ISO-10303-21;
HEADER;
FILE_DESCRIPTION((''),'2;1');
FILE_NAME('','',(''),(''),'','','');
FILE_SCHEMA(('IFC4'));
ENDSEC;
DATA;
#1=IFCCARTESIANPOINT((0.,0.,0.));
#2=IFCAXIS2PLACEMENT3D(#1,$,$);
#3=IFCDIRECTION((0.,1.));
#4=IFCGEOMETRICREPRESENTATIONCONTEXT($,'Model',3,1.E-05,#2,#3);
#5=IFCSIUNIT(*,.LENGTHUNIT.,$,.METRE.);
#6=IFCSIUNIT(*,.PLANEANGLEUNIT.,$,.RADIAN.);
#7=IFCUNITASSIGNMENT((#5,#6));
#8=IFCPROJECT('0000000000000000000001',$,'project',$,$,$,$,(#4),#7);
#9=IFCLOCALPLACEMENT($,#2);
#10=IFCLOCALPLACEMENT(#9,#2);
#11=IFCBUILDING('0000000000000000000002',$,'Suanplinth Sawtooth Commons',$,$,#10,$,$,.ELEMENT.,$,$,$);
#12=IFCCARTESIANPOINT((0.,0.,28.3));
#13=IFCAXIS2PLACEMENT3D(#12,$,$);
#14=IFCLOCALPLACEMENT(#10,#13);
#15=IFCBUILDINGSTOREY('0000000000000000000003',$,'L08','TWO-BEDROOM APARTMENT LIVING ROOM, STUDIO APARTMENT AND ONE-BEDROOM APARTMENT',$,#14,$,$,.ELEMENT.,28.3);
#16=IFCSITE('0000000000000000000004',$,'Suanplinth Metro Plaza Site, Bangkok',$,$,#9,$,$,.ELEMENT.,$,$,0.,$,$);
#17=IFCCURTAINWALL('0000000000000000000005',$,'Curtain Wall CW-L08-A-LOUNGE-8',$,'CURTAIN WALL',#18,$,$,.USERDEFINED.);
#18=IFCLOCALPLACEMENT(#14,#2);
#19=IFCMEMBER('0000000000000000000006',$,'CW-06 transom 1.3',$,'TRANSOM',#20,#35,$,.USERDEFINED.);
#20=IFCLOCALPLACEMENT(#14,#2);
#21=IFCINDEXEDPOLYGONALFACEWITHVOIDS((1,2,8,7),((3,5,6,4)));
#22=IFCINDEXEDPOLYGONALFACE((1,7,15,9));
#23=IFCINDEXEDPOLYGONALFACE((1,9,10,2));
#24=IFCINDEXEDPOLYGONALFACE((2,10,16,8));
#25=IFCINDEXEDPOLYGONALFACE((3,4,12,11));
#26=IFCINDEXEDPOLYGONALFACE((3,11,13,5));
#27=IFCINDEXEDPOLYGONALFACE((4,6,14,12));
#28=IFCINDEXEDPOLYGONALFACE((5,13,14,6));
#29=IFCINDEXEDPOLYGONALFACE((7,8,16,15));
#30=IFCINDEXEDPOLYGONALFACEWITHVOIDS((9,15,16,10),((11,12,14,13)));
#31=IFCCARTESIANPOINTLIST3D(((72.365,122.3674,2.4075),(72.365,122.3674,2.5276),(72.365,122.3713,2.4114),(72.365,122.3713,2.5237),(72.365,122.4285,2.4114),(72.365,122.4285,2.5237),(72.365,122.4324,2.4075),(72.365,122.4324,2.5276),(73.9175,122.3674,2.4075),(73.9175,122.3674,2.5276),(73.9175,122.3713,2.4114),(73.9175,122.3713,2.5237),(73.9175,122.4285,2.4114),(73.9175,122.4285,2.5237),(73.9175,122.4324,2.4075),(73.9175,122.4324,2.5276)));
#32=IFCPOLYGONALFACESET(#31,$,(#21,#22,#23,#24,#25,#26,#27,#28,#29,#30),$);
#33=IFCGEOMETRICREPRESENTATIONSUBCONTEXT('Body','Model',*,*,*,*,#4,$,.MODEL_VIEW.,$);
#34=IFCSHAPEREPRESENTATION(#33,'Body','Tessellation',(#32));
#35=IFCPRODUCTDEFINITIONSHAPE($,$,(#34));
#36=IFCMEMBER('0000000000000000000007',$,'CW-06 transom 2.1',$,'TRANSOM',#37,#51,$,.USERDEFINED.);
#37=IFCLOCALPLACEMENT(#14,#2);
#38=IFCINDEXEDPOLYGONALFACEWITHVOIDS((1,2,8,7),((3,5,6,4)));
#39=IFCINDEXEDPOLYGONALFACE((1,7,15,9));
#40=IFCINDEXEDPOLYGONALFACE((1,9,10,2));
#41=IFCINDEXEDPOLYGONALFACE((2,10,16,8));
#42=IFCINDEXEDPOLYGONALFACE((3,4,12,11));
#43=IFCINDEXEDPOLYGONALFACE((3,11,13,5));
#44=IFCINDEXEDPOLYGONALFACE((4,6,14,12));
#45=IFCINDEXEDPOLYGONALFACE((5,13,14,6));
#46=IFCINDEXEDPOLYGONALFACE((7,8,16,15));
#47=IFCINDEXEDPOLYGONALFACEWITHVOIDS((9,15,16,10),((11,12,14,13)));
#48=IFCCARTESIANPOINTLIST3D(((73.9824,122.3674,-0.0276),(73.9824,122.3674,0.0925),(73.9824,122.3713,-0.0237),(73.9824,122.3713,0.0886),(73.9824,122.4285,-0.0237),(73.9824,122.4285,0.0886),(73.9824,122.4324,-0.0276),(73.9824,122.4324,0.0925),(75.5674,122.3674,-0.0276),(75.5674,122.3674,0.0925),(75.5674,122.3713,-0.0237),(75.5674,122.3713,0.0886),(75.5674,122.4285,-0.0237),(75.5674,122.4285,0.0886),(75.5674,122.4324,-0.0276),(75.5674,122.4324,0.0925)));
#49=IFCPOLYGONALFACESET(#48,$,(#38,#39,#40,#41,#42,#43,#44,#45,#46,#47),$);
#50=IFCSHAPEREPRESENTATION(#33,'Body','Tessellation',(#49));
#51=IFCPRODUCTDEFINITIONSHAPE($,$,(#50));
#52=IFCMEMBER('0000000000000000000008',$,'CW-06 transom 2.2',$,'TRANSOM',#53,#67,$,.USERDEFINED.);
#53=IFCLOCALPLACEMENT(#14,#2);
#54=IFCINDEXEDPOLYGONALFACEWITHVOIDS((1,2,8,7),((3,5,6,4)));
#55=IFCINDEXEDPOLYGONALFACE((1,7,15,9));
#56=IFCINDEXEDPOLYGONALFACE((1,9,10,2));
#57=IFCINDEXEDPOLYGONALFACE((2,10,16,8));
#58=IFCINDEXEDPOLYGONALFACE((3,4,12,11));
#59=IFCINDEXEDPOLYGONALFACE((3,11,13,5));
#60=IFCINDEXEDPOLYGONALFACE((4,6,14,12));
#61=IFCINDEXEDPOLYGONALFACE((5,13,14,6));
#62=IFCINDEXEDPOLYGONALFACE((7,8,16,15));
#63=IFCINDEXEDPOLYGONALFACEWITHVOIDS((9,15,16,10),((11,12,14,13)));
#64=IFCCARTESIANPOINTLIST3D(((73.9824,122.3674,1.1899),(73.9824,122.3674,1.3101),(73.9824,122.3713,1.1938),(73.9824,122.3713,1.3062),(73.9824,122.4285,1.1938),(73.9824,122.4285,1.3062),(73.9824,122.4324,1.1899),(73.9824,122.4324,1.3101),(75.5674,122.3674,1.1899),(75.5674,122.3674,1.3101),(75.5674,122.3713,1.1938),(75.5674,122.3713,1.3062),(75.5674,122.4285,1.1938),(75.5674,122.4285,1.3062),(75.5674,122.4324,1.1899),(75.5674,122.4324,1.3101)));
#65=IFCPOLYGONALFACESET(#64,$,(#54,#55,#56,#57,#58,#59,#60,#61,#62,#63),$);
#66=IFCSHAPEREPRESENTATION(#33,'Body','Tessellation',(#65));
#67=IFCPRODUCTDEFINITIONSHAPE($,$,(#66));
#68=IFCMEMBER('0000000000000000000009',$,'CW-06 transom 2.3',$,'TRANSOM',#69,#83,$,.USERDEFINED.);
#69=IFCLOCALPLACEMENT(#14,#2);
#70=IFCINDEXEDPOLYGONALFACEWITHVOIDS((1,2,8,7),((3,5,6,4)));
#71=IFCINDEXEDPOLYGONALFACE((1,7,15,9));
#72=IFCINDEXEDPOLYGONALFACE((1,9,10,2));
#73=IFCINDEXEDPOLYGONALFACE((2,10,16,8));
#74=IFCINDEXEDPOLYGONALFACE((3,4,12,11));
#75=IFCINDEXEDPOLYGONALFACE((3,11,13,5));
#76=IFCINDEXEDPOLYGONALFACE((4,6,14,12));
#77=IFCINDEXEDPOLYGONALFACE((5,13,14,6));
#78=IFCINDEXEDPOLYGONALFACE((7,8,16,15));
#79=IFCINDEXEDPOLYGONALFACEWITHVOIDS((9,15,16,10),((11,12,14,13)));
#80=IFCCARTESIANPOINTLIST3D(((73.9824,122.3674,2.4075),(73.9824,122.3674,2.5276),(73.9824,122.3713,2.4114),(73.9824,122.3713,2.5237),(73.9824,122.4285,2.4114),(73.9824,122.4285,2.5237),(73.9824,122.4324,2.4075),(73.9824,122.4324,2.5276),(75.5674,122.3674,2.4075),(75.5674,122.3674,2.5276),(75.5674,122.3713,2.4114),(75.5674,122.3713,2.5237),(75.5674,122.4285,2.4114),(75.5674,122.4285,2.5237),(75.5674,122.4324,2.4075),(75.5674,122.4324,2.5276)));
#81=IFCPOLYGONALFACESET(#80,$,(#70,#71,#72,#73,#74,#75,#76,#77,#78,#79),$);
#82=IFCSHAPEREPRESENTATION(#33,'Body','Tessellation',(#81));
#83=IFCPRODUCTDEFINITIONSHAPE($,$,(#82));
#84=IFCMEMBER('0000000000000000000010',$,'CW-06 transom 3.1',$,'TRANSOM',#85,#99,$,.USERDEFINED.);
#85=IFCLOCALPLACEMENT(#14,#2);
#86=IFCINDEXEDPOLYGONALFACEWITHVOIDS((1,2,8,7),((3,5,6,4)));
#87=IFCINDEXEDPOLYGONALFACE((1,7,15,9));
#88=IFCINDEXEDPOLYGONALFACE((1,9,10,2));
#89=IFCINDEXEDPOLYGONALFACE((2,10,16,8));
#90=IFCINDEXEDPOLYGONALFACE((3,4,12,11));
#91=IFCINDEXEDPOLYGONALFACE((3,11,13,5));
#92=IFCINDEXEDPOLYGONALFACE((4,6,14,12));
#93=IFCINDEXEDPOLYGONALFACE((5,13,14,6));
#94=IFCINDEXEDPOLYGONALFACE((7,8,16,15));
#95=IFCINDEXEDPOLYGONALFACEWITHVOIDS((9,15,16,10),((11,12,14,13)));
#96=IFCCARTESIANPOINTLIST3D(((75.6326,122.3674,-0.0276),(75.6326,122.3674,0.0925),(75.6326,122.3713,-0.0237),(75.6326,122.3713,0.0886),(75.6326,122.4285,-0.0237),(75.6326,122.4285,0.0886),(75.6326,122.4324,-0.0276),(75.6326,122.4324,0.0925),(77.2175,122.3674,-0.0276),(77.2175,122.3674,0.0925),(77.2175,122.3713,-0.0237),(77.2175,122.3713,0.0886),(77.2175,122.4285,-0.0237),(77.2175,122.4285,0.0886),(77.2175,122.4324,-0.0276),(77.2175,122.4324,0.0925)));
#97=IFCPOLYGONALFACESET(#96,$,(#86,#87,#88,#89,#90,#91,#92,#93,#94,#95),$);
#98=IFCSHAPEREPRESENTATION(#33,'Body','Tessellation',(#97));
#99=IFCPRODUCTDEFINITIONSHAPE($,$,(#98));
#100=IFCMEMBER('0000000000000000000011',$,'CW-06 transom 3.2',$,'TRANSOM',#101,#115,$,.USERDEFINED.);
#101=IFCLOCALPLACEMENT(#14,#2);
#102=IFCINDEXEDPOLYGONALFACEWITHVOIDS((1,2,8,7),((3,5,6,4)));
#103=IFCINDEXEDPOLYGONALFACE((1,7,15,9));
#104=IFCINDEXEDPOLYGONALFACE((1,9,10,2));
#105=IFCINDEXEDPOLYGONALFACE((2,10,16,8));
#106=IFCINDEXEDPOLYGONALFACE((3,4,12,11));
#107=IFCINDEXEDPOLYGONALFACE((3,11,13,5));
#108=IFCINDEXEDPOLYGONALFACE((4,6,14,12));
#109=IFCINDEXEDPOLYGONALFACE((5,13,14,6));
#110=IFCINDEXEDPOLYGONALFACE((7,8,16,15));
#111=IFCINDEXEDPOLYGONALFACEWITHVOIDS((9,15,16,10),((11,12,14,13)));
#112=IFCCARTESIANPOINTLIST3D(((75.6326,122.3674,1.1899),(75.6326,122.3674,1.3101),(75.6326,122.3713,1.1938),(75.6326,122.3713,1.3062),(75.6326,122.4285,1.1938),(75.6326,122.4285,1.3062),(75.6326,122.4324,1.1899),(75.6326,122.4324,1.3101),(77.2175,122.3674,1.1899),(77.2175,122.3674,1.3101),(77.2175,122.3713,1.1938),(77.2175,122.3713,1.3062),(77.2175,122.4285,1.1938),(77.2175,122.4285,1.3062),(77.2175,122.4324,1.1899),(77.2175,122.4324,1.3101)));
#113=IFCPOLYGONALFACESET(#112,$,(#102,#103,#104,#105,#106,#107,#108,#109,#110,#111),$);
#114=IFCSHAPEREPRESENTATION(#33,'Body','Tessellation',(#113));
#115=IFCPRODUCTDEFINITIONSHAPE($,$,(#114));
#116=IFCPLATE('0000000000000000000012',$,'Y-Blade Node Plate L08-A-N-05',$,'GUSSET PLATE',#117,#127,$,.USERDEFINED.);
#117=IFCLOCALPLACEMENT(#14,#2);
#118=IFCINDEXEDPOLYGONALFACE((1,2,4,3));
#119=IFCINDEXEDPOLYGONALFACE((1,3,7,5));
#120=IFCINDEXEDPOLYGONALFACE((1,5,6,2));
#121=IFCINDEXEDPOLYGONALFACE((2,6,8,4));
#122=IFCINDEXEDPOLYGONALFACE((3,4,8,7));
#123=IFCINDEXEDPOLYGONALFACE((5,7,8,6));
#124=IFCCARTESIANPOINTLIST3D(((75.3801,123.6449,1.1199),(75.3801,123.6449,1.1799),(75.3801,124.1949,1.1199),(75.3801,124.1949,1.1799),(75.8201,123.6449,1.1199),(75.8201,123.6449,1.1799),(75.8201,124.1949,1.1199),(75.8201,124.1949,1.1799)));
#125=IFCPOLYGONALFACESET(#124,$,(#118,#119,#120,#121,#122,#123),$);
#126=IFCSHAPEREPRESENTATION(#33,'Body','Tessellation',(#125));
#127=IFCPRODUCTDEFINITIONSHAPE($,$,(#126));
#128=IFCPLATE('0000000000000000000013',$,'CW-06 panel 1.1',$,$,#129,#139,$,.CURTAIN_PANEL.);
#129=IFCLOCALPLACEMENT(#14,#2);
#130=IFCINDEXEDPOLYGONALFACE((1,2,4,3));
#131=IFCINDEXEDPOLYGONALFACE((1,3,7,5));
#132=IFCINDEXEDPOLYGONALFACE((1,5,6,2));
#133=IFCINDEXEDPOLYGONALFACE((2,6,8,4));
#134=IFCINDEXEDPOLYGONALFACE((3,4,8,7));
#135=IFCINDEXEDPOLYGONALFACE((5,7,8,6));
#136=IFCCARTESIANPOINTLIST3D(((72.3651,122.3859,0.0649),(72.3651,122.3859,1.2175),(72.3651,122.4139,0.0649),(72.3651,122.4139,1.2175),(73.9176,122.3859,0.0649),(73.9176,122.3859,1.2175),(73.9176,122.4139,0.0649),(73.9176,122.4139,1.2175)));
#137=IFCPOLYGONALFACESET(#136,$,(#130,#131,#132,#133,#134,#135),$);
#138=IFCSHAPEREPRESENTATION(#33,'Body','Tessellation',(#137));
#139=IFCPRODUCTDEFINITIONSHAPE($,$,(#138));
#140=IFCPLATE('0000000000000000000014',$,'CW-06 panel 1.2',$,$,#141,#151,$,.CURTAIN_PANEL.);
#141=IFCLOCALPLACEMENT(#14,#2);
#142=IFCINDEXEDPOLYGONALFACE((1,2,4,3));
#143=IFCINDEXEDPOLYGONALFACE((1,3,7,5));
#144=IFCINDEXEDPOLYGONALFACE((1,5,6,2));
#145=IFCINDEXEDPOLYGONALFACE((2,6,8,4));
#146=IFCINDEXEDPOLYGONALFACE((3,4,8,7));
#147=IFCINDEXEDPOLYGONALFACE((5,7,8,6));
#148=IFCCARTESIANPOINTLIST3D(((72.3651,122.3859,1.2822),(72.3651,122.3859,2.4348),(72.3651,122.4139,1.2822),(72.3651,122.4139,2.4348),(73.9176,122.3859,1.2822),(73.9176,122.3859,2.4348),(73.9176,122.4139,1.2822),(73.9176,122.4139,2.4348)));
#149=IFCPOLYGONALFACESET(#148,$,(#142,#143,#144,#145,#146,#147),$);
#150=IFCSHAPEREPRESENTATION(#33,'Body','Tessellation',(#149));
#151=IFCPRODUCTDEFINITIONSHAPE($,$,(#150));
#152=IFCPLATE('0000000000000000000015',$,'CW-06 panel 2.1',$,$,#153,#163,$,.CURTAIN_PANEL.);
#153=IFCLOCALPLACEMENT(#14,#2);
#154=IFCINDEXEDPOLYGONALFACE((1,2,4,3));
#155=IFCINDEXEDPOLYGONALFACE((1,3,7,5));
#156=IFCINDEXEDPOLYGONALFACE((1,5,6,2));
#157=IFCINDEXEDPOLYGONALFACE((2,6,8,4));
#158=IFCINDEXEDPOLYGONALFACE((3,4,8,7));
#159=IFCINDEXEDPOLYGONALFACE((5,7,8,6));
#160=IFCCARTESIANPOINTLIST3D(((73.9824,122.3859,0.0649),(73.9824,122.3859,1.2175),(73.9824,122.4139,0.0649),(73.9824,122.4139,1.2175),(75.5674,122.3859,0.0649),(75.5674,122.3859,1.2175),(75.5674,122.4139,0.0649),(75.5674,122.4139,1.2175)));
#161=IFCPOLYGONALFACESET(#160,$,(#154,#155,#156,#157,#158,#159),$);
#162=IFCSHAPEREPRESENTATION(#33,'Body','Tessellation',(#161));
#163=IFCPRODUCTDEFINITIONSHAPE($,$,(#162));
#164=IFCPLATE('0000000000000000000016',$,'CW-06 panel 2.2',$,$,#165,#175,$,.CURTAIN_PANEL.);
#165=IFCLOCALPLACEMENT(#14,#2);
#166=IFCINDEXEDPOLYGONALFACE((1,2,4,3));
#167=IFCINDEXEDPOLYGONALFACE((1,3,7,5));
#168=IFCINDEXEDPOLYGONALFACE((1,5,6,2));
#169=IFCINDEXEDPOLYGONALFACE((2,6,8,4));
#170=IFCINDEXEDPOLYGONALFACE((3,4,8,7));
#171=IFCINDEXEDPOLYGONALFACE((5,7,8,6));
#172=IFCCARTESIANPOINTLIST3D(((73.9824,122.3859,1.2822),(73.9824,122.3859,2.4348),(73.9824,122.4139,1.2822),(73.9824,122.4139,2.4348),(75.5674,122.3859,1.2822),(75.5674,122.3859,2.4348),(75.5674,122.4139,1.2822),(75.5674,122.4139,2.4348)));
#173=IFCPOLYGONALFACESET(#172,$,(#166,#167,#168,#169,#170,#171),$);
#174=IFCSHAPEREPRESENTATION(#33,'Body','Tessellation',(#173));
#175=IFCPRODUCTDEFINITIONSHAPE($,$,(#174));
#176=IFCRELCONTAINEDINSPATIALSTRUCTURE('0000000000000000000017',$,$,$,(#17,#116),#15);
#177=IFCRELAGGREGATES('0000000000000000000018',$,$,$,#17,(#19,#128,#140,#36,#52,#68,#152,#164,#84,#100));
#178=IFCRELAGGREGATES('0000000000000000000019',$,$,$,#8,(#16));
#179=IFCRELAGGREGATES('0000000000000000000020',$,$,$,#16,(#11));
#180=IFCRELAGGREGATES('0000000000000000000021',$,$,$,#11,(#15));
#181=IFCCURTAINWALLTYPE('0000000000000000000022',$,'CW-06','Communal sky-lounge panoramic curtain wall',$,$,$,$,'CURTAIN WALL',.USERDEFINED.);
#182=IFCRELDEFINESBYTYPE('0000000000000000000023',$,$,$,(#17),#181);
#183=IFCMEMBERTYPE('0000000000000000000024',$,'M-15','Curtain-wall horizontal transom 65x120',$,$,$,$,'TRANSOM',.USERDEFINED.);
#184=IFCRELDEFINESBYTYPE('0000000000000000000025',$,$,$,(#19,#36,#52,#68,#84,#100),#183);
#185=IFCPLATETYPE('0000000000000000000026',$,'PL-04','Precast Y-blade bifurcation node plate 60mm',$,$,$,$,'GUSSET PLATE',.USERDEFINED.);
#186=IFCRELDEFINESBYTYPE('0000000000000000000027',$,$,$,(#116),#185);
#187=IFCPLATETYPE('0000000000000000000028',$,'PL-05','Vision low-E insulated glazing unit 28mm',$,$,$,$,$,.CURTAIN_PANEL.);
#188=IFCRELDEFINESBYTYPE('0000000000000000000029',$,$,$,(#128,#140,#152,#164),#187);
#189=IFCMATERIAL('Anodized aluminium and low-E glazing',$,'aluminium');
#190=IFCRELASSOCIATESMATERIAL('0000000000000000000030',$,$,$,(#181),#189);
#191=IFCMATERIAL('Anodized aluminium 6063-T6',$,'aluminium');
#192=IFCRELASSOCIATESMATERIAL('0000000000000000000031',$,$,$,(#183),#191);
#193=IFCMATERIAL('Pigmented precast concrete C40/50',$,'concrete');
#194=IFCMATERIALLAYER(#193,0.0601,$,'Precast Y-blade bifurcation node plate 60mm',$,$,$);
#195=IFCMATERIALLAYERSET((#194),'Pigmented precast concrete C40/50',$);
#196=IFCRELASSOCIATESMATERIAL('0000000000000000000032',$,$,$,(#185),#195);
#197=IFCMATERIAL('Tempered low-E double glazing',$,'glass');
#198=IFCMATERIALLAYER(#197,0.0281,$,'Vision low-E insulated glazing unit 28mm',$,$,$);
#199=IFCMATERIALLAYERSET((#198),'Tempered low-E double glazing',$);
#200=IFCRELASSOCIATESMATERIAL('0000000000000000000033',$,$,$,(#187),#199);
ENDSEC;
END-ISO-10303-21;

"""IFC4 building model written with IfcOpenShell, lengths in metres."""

from ifc_helpers import new_model, si_unit, direction, frame, origin, origin_2d, place, context, subcontext, project, spatial, rectangle, hollow_rectangle, extrude, material, layer, layer_set, material_profile, profile_set, type_object, element, aggregate, save


model = new_model("IFC4")

# Units and contexts
model_context = context("Model", 3, precision=1e-05, world=origin(), true_north=direction((0.0, 1.0)))
body_context = subcontext(model_context, "Body", "Model", "MODEL_VIEW")
ifc_project = project(units=[si_unit("LENGTHUNIT", "METRE"), si_unit("PLANEANGLEUNIT", "RADIAN")], contexts=[model_context])

# Site, building, storey
site_placement = place(None, origin())
site = spatial("IfcSite", under=ifc_project, at=site_placement, Name="Suanplinth Metro Plaza Site, Bangkok", CompositionType="ELEMENT", RefElevation=0.0)
building_placement = place(site_placement, origin())
building = spatial("IfcBuilding", under=site, at=building_placement, Name="Suanplinth Sawtooth Commons", CompositionType="ELEMENT")
storey_placement = place(building_placement, frame((0.0, 0.0, 28.3)))
storey = spatial("IfcBuildingStorey", under=building, at=storey_placement, Name="L08", Description="TWO-BEDROOM APARTMENT LIVING ROOM, STUDIO APARTMENT AND ONE-BEDROOM APARTMENT", CompositionType="ELEMENT", Elevation=28.3)

# Shared definitions
ifc_material_1 = material(Name="Pigmented precast concrete C40/50", Category="concrete")

# Curtain wall, members
ifc_material_2 = material(Name="Anodized aluminium and low-E glazing", Category="aluminium")
curtain_wall_type = type_object("IfcCurtainWallType", Name="CW-06", Description="Communal sky-lounge panoramic curtain wall", ElementType="CURTAIN WALL", PredefinedType="USERDEFINED", material=ifc_material_2)
curtain_wall_placement = place(storey_placement, origin())
curtain_wall = element("IfcCurtainWall", 1, at=curtain_wall_placement, inside=storey, type_object=curtain_wall_type, Name="Curtain Wall CW-L08-A-LOUNGE-8", ObjectType="CURTAIN WALL", PredefinedType="USERDEFINED")
ifc_material_3 = material(Name="Anodized aluminium 6063-T6", Category="aluminium")
ifc_material_profile_1 = material_profile(ifc_material_3, hollow_rectangle(XDim=0.0649, YDim=0.1201, WallThickness=0.0039, at=origin_2d()), Name="ALU-TRN 65x120")
ifc_profile_set_1 = profile_set([ifc_material_profile_1], Name="Anodized aluminium 6063-T6")
member_type_1 = type_object("IfcMemberType", Name="M-15", Description="Curtain-wall horizontal transom 65x120", ElementType="TRANSOM", PredefinedType="USERDEFINED", material=ifc_profile_set_1)
member_1_placement = place(storey_placement, frame((72.365, 122.3999, 2.4675), z_axis=(1.0, 0.0, 0.0), x_axis=(0.0, 1.0, 0.0)))
member_1 = element("IfcMember", 2, at=member_1_placement, type_object=member_type_1, Name="CW-06 transom 1.3", ObjectType="TRANSOM", PredefinedType="USERDEFINED", context=body_context, shape_type="SweptSolid", body=[
    extrude(hollow_rectangle(XDim=0.0649, YDim=0.1201, WallThickness=0.0039, at=origin_2d()), origin(), (0.0, 0.0, 1.0), 1.5525),
])
member_2_placement = place(storey_placement, frame((73.9824, 122.3999, 0.0325), z_axis=(1.0, 0.0, 0.0), x_axis=(0.0, 1.0, 0.0)))
member_2 = element("IfcMember", 3, at=member_2_placement, type_object=member_type_1, Name="CW-06 transom 2.1", ObjectType="TRANSOM", PredefinedType="USERDEFINED", context=body_context, shape_type="SweptSolid", body=[
    extrude(hollow_rectangle(XDim=0.0649, YDim=0.1201, WallThickness=0.0039, at=origin_2d()), origin(), (0.0, 0.0, 1.0), 1.585),
])
member_3_placement = place(storey_placement, frame((73.9824, 122.3999, 1.25), z_axis=(1.0, 0.0, 0.0), x_axis=(0.0, 1.0, 0.0)))
member_3 = element("IfcMember", 4, at=member_3_placement, type_object=member_type_1, Name="CW-06 transom 2.2", ObjectType="TRANSOM", PredefinedType="USERDEFINED", context=body_context, shape_type="SweptSolid", body=[
    extrude(hollow_rectangle(XDim=0.0649, YDim=0.1201, WallThickness=0.0039, at=origin_2d()), origin(), (0.0, 0.0, 1.0), 1.585),
])
member_4_placement = place(storey_placement, frame((73.9824, 122.3999, 2.4675), z_axis=(1.0, 0.0, 0.0), x_axis=(0.0, 1.0, 0.0)))
member_4 = element("IfcMember", 5, at=member_4_placement, type_object=member_type_1, Name="CW-06 transom 2.3", ObjectType="TRANSOM", PredefinedType="USERDEFINED", context=body_context, shape_type="SweptSolid", body=[
    extrude(hollow_rectangle(XDim=0.0649, YDim=0.1201, WallThickness=0.0039, at=origin_2d()), origin(), (0.0, 0.0, 1.0), 1.585),
])
member_5_placement = place(storey_placement, frame((75.6326, 122.3999, 0.0325), z_axis=(1.0, 0.0, 0.0), x_axis=(0.0, 1.0, 0.0)))
member_5 = element("IfcMember", 6, at=member_5_placement, type_object=member_type_1, Name="CW-06 transom 3.1", ObjectType="TRANSOM", PredefinedType="USERDEFINED", context=body_context, shape_type="SweptSolid", body=[
    extrude(hollow_rectangle(XDim=0.0649, YDim=0.1201, WallThickness=0.0039, at=origin_2d()), origin(), (0.0, 0.0, 1.0), 1.585),
])
member_6_placement = place(storey_placement, frame((75.6326, 122.3999, 1.25), z_axis=(1.0, 0.0, 0.0), x_axis=(0.0, 1.0, 0.0)))
member_6 = element("IfcMember", 7, at=member_6_placement, type_object=member_type_1, Name="CW-06 transom 3.2", ObjectType="TRANSOM", PredefinedType="USERDEFINED", context=body_context, shape_type="SweptSolid", body=[
    extrude(hollow_rectangle(XDim=0.0649, YDim=0.1201, WallThickness=0.0039, at=origin_2d()), origin(), (0.0, 0.0, 1.0), 1.585),
])

# Plates
ifc_layer_1 = layer(ifc_material_1, 0.0601, Name="Precast Y-blade bifurcation node plate 60mm")
ifc_layer_set_1 = layer_set([ifc_layer_1], Name="Pigmented precast concrete C40/50")
plate_type_1 = type_object("IfcPlateType", Name="PL-04", Description="Precast Y-blade bifurcation node plate 60mm", ElementType="GUSSET PLATE", PredefinedType="USERDEFINED", material=ifc_layer_set_1)
plate_1_placement = place(storey_placement, frame((75.6001, 123.9199, 1.1199), z_axis=(0.0, 0.0, 1.0), x_axis=(1.0, 0.0, 0.0)))
element("IfcPlate", 8, at=plate_1_placement, inside=storey, type_object=plate_type_1, Name="Y-Blade Node Plate L08-A-N-05", ObjectType="GUSSET PLATE", PredefinedType="USERDEFINED", context=body_context, shape_type="SweptSolid", body=[
    extrude(rectangle(XDim=0.4399, YDim=0.55, at=origin_2d()), origin(), (0.0, 0.0, 1.0), 0.0601),
])
ifc_material_4 = material(Name="Tempered low-E double glazing", Category="glass")
ifc_layer_2 = layer(ifc_material_4, 0.0281, Name="Vision low-E insulated glazing unit 28mm")
ifc_layer_set_2 = layer_set([ifc_layer_2], Name="Tempered low-E double glazing")
plate_type_2 = type_object("IfcPlateType", Name="PL-05", Description="Vision low-E insulated glazing unit 28mm", PredefinedType="CURTAIN_PANEL", material=ifc_layer_set_2)
plate_2_placement = place(storey_placement, frame((73.1414, 122.3999, 0.0649), z_axis=(0.0, 0.0, 1.0), x_axis=(1.0, 0.0, 0.0)))
plate_2 = element("IfcPlate", 9, at=plate_2_placement, type_object=plate_type_2, Name="CW-06 panel 1.1", PredefinedType="CURTAIN_PANEL", context=body_context, shape_type="SweptSolid", body=[
    extrude(rectangle(XDim=1.5525, YDim=0.0281, at=origin_2d()), origin(), (0.0, 0.0, 1.0), 1.1526),
])
plate_3_placement = place(storey_placement, frame((73.1414, 122.3999, 1.2822), z_axis=(0.0, 0.0, 1.0), x_axis=(1.0, 0.0, 0.0)))
plate_3 = element("IfcPlate", 10, at=plate_3_placement, type_object=plate_type_2, Name="CW-06 panel 1.2", PredefinedType="CURTAIN_PANEL", context=body_context, shape_type="SweptSolid", body=[
    extrude(rectangle(XDim=1.5525, YDim=0.0281, at=origin_2d()), origin(), (0.0, 0.0, 1.0), 1.1526),
])
plate_4_placement = place(storey_placement, frame((74.7749, 122.3999, 0.0649), z_axis=(0.0, 0.0, 1.0), x_axis=(1.0, 0.0, 0.0)))
plate_4 = element("IfcPlate", 11, at=plate_4_placement, type_object=plate_type_2, Name="CW-06 panel 2.1", PredefinedType="CURTAIN_PANEL", context=body_context, shape_type="SweptSolid", body=[
    extrude(rectangle(XDim=1.585, YDim=0.0281, at=origin_2d()), origin(), (0.0, 0.0, 1.0), 1.1526),
])
plate_5_placement = place(storey_placement, frame((74.7749, 122.3999, 1.2822), z_axis=(0.0, 0.0, 1.0), x_axis=(1.0, 0.0, 0.0)))
plate_5 = element("IfcPlate", 12, at=plate_5_placement, type_object=plate_type_2, Name="CW-06 panel 2.2", PredefinedType="CURTAIN_PANEL", context=body_context, shape_type="SweptSolid", body=[
    extrude(rectangle(XDim=1.585, YDim=0.0281, at=origin_2d()), origin(), (0.0, 0.0, 1.0), 1.1526),
])
aggregate(curtain_wall, [member_1, plate_2, plate_3, member_2, member_3, member_4, plate_4, plate_5, member_5, member_6])

save(model, "model.ifc")
